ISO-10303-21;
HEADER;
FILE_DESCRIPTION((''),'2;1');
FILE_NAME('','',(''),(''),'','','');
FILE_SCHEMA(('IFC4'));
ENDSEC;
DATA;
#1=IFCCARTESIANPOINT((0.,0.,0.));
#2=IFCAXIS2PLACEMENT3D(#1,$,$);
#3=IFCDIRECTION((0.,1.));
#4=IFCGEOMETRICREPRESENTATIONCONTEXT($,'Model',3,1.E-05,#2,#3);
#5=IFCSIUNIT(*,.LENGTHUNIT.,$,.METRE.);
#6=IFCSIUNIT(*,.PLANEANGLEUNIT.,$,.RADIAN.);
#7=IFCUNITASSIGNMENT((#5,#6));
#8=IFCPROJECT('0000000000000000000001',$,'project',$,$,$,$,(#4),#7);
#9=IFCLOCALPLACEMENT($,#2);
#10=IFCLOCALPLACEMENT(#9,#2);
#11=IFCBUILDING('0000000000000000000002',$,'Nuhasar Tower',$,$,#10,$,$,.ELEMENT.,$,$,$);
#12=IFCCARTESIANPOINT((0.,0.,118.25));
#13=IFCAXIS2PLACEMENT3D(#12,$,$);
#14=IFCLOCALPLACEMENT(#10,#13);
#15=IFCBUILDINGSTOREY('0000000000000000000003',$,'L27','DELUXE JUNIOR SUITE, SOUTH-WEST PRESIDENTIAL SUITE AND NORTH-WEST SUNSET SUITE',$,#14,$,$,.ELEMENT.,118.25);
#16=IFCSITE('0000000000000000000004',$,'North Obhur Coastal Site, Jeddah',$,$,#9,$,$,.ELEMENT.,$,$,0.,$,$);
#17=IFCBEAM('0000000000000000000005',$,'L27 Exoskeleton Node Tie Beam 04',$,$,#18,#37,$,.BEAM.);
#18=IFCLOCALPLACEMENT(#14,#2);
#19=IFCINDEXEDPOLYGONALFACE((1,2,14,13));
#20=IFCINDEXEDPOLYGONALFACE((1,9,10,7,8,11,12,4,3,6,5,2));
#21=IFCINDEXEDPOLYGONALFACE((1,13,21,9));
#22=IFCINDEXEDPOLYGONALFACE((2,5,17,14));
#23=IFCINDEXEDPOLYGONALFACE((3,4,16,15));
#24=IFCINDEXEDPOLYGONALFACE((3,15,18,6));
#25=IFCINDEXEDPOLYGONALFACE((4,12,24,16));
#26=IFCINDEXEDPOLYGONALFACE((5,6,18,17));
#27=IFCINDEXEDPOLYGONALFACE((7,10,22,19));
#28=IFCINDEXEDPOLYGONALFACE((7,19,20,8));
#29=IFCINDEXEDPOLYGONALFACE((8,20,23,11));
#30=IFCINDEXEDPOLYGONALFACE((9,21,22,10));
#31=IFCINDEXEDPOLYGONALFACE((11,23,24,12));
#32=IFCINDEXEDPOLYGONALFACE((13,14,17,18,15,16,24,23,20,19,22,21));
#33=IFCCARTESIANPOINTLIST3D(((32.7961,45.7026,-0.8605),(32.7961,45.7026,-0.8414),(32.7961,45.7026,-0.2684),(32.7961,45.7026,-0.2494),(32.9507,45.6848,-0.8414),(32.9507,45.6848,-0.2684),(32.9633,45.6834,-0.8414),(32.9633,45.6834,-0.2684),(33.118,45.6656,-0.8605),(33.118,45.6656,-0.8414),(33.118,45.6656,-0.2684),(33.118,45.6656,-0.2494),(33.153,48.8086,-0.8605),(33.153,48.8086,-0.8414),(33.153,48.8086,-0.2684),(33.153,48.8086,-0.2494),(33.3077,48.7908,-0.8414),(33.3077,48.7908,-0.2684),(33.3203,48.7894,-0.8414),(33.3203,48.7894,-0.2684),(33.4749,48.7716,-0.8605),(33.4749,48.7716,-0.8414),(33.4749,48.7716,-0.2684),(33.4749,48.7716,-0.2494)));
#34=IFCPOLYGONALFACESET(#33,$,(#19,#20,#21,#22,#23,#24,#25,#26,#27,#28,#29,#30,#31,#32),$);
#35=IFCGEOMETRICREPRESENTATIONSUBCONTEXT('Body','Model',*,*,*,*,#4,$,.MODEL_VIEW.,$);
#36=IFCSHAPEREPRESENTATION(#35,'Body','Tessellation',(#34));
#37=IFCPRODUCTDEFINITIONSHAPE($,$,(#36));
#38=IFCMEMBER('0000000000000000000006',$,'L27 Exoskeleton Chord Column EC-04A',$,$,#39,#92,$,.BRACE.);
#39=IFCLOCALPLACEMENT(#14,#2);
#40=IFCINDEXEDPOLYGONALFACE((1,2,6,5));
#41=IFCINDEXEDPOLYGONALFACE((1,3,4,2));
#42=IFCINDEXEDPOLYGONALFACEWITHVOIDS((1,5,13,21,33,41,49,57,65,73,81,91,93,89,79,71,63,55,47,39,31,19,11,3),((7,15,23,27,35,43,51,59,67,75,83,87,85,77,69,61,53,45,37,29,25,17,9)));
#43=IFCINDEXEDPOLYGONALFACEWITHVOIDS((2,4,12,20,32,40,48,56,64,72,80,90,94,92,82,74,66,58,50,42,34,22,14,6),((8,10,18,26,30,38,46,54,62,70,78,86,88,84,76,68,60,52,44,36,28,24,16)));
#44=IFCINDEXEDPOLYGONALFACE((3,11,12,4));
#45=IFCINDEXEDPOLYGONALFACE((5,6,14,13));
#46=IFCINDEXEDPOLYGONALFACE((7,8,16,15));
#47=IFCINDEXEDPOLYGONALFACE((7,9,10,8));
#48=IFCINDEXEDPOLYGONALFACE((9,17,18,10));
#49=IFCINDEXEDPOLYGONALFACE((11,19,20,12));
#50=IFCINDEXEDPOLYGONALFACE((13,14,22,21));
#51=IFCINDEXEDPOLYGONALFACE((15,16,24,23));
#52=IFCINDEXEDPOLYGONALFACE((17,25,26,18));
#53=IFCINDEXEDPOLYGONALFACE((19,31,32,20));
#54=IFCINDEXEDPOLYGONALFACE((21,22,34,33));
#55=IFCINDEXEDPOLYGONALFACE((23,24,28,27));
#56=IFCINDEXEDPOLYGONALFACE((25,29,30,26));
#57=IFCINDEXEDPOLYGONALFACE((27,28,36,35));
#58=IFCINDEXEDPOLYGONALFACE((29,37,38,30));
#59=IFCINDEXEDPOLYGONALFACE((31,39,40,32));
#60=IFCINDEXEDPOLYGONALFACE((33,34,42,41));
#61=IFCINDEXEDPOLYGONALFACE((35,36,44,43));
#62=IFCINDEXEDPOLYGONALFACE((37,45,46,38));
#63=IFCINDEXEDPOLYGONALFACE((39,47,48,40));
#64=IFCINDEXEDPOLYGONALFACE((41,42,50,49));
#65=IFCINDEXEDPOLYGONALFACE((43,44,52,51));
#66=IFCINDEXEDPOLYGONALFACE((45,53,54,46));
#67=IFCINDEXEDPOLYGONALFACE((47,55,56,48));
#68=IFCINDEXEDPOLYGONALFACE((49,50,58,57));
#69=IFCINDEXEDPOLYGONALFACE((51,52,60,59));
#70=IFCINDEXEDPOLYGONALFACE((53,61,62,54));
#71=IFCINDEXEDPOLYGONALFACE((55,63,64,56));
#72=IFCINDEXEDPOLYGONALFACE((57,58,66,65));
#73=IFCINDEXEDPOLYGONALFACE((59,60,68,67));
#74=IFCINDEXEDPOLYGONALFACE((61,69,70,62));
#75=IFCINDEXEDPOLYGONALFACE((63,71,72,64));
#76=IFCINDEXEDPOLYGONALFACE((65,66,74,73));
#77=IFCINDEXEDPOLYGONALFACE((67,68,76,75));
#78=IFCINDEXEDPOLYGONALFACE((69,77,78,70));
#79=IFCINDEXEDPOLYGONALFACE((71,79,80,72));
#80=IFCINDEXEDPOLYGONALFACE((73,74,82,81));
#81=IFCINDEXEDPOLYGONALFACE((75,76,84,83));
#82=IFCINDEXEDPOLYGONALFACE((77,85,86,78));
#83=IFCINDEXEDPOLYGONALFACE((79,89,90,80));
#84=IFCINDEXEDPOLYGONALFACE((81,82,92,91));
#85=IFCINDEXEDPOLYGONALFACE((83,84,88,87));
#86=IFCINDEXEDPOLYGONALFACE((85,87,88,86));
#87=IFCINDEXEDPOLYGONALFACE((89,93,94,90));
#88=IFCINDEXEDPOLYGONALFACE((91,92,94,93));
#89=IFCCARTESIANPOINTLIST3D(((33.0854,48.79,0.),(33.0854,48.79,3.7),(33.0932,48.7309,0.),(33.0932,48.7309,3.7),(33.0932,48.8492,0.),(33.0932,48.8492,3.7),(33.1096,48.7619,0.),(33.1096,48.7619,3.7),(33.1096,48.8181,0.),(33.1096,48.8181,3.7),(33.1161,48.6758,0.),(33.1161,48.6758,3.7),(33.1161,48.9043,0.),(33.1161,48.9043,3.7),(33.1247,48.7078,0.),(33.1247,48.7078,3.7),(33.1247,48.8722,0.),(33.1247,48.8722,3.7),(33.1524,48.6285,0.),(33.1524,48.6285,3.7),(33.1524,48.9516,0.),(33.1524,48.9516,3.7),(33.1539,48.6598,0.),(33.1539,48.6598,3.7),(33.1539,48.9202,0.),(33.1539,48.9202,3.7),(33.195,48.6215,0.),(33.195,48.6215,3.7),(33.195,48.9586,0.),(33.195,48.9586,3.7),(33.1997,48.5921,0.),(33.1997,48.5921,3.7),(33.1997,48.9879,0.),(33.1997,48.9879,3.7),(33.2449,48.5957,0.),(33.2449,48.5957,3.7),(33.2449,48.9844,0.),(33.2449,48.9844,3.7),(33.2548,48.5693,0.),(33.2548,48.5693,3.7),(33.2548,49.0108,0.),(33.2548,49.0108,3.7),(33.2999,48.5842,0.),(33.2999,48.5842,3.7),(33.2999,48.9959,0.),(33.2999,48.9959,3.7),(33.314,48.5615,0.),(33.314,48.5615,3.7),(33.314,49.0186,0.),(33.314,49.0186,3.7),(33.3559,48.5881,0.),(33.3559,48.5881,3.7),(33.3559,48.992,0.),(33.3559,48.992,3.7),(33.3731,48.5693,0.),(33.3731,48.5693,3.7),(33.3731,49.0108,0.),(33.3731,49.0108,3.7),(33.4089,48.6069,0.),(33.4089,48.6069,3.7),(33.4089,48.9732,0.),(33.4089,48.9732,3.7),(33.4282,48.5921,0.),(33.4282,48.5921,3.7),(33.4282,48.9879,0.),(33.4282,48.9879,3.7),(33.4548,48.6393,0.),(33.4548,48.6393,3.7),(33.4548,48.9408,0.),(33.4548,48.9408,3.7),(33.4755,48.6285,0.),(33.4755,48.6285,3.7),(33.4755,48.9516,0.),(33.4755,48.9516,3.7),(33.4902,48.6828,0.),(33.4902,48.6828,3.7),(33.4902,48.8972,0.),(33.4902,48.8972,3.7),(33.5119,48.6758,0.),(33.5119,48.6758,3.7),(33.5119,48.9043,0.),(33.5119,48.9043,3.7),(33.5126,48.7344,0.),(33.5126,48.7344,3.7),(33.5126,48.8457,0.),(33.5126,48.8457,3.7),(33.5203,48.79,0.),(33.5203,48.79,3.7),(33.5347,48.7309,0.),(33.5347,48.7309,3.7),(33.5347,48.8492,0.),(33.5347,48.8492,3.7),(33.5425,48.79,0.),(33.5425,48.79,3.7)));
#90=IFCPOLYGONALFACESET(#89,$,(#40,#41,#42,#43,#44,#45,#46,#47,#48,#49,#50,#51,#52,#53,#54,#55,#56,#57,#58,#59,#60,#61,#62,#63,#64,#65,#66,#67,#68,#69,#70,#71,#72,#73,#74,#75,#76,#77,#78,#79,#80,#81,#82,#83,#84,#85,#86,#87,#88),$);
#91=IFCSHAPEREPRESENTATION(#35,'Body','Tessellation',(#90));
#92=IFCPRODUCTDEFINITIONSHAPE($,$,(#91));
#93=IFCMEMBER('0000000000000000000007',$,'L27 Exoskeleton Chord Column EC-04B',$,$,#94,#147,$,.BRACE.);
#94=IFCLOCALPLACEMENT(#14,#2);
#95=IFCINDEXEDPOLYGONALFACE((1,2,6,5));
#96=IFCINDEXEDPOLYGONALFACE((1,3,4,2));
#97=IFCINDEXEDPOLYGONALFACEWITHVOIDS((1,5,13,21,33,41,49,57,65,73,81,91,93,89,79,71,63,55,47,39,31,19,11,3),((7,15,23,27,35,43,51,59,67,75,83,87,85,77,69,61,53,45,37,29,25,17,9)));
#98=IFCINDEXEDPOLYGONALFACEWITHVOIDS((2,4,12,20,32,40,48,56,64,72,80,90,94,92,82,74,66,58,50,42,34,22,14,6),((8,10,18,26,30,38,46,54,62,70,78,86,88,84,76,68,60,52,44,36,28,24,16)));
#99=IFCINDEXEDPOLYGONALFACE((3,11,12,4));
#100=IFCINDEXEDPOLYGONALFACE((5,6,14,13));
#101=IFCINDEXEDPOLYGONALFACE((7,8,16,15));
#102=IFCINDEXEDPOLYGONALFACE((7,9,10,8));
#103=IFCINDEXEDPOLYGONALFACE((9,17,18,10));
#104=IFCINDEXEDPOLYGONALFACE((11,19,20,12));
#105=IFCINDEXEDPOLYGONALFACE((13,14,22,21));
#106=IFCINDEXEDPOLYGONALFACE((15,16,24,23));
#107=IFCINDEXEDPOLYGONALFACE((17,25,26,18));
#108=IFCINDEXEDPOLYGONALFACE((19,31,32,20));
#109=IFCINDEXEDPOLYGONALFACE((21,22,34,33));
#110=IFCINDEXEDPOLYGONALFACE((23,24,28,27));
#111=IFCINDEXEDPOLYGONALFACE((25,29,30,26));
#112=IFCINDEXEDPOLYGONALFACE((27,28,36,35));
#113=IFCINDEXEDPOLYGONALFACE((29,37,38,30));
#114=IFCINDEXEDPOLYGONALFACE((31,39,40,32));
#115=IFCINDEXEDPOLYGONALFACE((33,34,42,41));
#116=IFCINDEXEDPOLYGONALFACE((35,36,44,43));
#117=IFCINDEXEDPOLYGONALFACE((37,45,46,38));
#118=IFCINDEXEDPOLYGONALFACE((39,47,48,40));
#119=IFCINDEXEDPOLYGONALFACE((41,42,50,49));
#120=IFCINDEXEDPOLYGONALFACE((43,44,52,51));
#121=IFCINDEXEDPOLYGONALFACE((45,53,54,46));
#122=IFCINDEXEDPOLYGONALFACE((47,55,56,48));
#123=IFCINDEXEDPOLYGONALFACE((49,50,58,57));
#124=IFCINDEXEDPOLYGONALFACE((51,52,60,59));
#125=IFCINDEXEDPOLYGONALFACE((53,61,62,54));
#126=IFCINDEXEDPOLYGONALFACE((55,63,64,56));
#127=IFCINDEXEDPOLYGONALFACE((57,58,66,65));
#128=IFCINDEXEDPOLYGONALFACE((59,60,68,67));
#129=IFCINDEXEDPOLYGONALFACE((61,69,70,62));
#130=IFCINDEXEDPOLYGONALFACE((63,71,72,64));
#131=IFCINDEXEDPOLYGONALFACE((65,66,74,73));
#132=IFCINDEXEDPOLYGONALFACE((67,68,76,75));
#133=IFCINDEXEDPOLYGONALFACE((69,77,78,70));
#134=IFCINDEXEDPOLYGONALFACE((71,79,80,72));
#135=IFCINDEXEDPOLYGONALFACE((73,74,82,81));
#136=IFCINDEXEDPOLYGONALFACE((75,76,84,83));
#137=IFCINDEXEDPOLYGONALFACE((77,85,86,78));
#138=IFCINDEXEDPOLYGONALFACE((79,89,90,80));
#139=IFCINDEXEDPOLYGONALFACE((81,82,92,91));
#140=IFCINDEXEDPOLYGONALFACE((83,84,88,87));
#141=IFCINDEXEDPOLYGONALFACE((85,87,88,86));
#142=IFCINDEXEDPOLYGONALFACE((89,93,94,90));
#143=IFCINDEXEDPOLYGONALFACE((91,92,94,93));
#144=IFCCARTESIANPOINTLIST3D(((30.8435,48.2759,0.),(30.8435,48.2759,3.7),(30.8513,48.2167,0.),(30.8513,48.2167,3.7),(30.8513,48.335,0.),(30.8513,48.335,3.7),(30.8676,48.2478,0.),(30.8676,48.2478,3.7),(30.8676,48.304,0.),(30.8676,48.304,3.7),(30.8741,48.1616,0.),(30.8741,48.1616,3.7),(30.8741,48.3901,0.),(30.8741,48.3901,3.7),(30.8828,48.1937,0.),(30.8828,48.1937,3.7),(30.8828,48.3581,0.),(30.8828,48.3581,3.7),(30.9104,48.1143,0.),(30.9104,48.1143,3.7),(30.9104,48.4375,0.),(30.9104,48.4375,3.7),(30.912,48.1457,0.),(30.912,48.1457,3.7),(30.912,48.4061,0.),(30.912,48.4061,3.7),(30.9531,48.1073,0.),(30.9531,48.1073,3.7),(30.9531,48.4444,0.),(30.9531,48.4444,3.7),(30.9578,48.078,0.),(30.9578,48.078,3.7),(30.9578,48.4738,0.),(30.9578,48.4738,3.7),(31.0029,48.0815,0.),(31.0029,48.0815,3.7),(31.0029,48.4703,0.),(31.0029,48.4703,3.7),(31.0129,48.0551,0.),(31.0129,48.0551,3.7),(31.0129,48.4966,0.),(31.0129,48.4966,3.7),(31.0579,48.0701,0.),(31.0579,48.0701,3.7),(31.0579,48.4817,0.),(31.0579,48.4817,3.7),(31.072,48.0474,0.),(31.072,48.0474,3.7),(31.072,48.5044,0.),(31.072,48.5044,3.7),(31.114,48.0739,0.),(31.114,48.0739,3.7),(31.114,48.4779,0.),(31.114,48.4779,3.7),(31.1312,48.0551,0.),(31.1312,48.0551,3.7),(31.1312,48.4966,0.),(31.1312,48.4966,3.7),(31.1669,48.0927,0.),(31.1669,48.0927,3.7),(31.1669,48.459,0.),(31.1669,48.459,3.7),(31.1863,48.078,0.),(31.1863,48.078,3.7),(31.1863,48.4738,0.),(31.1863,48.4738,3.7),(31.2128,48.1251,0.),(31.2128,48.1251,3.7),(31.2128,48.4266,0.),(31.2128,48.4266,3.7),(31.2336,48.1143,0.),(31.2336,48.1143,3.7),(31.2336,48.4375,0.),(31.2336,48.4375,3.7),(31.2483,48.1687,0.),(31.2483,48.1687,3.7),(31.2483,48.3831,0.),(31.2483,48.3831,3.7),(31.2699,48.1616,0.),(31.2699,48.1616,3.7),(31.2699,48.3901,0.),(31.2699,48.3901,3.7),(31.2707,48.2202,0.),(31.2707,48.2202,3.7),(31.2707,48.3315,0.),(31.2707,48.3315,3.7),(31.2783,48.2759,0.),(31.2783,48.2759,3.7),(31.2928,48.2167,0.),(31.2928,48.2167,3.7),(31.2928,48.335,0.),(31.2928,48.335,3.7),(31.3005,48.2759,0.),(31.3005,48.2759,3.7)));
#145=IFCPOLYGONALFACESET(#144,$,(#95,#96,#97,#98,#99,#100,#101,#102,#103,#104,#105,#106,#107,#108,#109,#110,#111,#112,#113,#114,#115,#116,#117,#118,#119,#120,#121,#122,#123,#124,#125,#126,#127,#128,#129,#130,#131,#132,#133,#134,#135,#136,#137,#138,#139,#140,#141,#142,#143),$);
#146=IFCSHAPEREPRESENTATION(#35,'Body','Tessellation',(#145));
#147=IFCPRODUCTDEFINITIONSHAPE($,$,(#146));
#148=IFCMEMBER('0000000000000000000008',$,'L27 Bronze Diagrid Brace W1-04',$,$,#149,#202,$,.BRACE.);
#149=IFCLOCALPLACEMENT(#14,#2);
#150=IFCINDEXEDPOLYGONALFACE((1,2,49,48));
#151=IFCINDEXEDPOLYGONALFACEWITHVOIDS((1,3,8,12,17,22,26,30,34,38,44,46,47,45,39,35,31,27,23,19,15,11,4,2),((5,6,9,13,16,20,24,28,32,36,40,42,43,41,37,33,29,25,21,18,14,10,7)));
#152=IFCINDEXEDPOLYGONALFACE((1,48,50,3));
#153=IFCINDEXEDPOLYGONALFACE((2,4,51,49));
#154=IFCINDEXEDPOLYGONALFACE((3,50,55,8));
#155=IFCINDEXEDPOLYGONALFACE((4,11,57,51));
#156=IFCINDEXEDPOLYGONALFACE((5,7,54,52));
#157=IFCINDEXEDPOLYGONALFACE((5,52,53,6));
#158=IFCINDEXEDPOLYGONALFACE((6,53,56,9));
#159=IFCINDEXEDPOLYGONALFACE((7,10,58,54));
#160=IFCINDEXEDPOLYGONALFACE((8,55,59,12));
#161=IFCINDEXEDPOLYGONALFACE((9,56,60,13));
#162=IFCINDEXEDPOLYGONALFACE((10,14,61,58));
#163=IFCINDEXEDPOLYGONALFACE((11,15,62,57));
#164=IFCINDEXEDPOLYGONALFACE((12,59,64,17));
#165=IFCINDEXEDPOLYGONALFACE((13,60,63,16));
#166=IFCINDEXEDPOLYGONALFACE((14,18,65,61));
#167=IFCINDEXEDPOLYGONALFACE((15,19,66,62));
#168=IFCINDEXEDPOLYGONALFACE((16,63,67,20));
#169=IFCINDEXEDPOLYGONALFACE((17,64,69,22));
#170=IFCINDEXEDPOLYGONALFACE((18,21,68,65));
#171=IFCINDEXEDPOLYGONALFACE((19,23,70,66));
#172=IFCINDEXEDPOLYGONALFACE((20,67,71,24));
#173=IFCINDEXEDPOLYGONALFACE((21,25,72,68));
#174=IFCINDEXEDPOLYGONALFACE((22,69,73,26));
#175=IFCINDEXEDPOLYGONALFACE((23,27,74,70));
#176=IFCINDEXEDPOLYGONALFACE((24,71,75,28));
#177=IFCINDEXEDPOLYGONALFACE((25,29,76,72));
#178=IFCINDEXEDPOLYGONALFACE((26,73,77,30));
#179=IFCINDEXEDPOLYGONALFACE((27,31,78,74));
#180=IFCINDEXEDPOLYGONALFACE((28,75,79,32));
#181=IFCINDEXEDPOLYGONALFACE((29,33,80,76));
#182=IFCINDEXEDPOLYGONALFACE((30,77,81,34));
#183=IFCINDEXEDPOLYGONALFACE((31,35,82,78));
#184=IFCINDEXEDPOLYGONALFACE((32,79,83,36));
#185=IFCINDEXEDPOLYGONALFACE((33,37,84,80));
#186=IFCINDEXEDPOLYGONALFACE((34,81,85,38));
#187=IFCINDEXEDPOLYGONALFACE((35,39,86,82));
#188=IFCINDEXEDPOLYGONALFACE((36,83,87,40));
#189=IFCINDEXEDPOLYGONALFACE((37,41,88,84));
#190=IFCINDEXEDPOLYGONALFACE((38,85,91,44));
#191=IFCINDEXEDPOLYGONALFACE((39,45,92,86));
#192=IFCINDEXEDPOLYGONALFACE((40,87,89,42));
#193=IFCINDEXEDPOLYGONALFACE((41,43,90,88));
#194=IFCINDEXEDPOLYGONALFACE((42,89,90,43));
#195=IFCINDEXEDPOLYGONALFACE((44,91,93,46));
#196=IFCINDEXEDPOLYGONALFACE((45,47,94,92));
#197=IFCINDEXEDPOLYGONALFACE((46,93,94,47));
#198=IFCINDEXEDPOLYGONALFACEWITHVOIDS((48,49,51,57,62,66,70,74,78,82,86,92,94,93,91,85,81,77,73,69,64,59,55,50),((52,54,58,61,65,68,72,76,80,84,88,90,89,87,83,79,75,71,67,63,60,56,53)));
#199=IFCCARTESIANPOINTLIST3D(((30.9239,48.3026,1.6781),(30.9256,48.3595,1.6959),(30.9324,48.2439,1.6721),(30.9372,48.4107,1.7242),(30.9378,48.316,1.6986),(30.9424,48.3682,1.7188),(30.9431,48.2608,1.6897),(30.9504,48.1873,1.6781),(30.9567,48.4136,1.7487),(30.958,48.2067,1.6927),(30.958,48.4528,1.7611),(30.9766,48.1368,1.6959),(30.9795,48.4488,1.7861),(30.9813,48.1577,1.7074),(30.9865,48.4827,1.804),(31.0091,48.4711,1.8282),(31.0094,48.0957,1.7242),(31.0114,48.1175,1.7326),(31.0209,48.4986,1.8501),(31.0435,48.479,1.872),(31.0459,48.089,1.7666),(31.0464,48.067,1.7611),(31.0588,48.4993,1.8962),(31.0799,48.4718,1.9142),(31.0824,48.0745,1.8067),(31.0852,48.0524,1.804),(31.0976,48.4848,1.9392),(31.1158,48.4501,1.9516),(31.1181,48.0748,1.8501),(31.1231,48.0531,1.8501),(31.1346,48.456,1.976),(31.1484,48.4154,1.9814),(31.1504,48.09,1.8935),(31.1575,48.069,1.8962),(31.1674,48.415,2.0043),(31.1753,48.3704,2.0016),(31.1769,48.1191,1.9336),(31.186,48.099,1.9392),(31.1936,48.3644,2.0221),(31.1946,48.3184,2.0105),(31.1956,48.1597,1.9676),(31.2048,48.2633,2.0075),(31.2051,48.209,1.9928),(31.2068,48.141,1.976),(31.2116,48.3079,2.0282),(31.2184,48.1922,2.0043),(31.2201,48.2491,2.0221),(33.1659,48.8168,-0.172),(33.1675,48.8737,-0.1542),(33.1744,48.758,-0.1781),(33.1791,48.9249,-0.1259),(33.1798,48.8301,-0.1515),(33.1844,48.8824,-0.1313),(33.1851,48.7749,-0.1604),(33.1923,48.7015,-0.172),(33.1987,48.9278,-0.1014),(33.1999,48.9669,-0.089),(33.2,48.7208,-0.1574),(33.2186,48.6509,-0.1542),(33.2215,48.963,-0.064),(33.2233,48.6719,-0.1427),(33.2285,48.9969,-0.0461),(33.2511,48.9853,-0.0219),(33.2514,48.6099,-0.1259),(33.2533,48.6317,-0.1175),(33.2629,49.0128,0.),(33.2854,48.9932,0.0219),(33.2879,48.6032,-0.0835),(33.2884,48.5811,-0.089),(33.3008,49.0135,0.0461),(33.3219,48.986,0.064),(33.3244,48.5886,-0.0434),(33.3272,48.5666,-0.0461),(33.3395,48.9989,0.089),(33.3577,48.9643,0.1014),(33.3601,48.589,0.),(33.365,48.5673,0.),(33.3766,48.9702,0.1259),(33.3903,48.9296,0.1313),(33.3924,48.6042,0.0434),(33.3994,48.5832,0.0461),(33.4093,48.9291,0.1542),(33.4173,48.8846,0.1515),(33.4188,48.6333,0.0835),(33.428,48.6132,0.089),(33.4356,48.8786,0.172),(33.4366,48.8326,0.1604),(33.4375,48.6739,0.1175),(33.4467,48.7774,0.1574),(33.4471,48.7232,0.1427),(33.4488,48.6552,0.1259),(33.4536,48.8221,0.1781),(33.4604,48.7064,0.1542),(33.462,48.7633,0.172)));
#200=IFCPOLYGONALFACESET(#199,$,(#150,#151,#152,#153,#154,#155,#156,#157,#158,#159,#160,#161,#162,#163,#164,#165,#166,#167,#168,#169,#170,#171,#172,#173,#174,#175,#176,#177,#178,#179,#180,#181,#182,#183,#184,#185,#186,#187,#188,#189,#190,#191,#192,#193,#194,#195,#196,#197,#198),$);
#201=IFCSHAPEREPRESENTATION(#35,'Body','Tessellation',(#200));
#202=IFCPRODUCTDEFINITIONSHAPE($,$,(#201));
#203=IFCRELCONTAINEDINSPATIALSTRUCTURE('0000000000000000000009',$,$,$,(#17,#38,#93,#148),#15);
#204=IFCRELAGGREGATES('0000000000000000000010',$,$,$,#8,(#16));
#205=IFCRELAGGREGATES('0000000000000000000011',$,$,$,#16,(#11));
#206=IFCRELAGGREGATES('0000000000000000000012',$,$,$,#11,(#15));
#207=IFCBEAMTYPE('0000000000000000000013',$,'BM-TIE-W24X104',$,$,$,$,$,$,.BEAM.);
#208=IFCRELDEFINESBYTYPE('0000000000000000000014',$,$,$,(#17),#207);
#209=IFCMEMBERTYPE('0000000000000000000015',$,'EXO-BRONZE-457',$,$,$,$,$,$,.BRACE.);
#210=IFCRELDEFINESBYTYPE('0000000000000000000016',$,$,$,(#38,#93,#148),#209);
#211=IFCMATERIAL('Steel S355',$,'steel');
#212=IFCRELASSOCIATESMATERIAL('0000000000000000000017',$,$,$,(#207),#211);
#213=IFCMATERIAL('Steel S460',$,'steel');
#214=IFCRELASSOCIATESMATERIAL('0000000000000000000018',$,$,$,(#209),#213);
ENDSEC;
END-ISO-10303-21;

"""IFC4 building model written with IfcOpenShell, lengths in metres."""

from ifc_helpers import new_model, si_unit, direction, frame, origin, origin_2d, place, context, subcontext, project, spatial, hollow_circle, i_section, extrude, material, material_profile, profile_set, type_object, element, save


model = new_model("IFC4")

# Units and contexts
model_context = context("Model", 3, precision=1e-05, world=origin(), true_north=direction((0.0, 1.0)))
body_context = subcontext(model_context, "Body", "Model", "MODEL_VIEW")
ifc_project = project(units=[si_unit("LENGTHUNIT", "METRE"), si_unit("PLANEANGLEUNIT", "RADIAN")], contexts=[model_context])

# Site, building, storey
site_placement = place(None, origin())
site = spatial("IfcSite", under=ifc_project, at=site_placement, Name="North Obhur Coastal Site, Jeddah", CompositionType="ELEMENT", RefElevation=0.0)
building_placement = place(site_placement, origin())
building = spatial("IfcBuilding", under=site, at=building_placement, Name="Nuhasar Tower", CompositionType="ELEMENT")
storey_placement = place(building_placement, frame((0.0, 0.0, 118.25)))
storey = spatial("IfcBuildingStorey", under=building, at=storey_placement, Name="L27", Description="DELUXE JUNIOR SUITE, SOUTH-WEST PRESIDENTIAL SUITE AND NORTH-WEST SUNSET SUITE", CompositionType="ELEMENT", Elevation=118.25)

# Beam
ifc_material_1 = material(Name="Steel S355", Category="steel")
ifc_material_profile_1 = material_profile(ifc_material_1, i_section(OverallWidth=0.324, OverallDepth=0.6111, WebThickness=0.0127, FlangeThickness=0.019, at=origin_2d()), Name="W24X104")
ifc_profile_set_1 = profile_set([ifc_material_profile_1], Name="Steel S355")
beam_type_1 = type_object("IfcBeamType", Name="BM-TIE-W24X104", PredefinedType="BEAM", material=ifc_profile_set_1)
beam_1_placement = place(storey_placement, frame((32.957, 45.6841, -0.5549), z_axis=(0.114168, 0.993461, 0.0), x_axis=(-0.993461, 0.114168, 0.0)))
element("IfcBeam", 1, at=beam_1_placement, inside=storey, type_object=beam_type_1, Name="L27 Exoskeleton Node Tie Beam 04", PredefinedType="BEAM", context=body_context, shape_type="SweptSolid", body=[
    extrude(i_section(OverallWidth=0.324, OverallDepth=0.6111, WebThickness=0.0127, FlangeThickness=0.019, at=origin_2d()), origin(), (0.0, 0.0, 1.0), 3.1265),
])

# Members
ifc_material_2 = material(Name="Steel S460", Category="steel")
ifc_material_profile_2 = material_profile(ifc_material_2, hollow_circle(Radius=0.2285, WallThickness=0.0222, at=origin_2d()), Name="HSS457X22.2")
ifc_profile_set_2 = profile_set([ifc_material_profile_2], Name="Steel S460")
member_type = type_object("IfcMemberType", Name="EXO-BRONZE-457", PredefinedType="BRACE", material=ifc_profile_set_2)
for number, where, z_axis, x_axis, name in (
    (2, (33.314, 48.79, 0.0), (0.0, 0.0, 1.0), (1.0, 0.0, 0.0), "L27 Exoskeleton Chord Column EC-04A"),
    (3, (31.072, 48.2759, 0.0), (0.0, 0.0, 1.0), (1.0, 0.0, 0.0), "L27 Exoskeleton Chord Column EC-04B"),
):
    element("IfcMember", number, at=place(storey_placement, frame(where, z_axis=z_axis, x_axis=x_axis)), inside=storey, type_object=member_type, Name=name, PredefinedType="BRACE", context=body_context, shape_type="SweptSolid", body=[
        extrude(hollow_circle(Radius=0.2285, WallThickness=0.0222, at=origin_2d()), origin(), (0.0, 0.0, 1.0), 3.7),
    ])
member_1_placement = place(storey_placement, frame((33.314, 48.79, 0.0), z_axis=(-0.7595, -0.174181, 0.626755), x_axis=(0.223534, -0.974696, 0.0)))
element("IfcMember", 4, at=member_1_placement, inside=storey, type_object=member_type, Name="L27 Bronze Diagrid Brace W1-04", PredefinedType="BRACE", context=body_context, shape_type="SweptSolid", body=[
    extrude(hollow_circle(Radius=0.2285, WallThickness=0.0222, at=origin_2d()), origin(), (0.0, 0.0, 1.0), 2.9519),
])

save(model, "model.ifc")
